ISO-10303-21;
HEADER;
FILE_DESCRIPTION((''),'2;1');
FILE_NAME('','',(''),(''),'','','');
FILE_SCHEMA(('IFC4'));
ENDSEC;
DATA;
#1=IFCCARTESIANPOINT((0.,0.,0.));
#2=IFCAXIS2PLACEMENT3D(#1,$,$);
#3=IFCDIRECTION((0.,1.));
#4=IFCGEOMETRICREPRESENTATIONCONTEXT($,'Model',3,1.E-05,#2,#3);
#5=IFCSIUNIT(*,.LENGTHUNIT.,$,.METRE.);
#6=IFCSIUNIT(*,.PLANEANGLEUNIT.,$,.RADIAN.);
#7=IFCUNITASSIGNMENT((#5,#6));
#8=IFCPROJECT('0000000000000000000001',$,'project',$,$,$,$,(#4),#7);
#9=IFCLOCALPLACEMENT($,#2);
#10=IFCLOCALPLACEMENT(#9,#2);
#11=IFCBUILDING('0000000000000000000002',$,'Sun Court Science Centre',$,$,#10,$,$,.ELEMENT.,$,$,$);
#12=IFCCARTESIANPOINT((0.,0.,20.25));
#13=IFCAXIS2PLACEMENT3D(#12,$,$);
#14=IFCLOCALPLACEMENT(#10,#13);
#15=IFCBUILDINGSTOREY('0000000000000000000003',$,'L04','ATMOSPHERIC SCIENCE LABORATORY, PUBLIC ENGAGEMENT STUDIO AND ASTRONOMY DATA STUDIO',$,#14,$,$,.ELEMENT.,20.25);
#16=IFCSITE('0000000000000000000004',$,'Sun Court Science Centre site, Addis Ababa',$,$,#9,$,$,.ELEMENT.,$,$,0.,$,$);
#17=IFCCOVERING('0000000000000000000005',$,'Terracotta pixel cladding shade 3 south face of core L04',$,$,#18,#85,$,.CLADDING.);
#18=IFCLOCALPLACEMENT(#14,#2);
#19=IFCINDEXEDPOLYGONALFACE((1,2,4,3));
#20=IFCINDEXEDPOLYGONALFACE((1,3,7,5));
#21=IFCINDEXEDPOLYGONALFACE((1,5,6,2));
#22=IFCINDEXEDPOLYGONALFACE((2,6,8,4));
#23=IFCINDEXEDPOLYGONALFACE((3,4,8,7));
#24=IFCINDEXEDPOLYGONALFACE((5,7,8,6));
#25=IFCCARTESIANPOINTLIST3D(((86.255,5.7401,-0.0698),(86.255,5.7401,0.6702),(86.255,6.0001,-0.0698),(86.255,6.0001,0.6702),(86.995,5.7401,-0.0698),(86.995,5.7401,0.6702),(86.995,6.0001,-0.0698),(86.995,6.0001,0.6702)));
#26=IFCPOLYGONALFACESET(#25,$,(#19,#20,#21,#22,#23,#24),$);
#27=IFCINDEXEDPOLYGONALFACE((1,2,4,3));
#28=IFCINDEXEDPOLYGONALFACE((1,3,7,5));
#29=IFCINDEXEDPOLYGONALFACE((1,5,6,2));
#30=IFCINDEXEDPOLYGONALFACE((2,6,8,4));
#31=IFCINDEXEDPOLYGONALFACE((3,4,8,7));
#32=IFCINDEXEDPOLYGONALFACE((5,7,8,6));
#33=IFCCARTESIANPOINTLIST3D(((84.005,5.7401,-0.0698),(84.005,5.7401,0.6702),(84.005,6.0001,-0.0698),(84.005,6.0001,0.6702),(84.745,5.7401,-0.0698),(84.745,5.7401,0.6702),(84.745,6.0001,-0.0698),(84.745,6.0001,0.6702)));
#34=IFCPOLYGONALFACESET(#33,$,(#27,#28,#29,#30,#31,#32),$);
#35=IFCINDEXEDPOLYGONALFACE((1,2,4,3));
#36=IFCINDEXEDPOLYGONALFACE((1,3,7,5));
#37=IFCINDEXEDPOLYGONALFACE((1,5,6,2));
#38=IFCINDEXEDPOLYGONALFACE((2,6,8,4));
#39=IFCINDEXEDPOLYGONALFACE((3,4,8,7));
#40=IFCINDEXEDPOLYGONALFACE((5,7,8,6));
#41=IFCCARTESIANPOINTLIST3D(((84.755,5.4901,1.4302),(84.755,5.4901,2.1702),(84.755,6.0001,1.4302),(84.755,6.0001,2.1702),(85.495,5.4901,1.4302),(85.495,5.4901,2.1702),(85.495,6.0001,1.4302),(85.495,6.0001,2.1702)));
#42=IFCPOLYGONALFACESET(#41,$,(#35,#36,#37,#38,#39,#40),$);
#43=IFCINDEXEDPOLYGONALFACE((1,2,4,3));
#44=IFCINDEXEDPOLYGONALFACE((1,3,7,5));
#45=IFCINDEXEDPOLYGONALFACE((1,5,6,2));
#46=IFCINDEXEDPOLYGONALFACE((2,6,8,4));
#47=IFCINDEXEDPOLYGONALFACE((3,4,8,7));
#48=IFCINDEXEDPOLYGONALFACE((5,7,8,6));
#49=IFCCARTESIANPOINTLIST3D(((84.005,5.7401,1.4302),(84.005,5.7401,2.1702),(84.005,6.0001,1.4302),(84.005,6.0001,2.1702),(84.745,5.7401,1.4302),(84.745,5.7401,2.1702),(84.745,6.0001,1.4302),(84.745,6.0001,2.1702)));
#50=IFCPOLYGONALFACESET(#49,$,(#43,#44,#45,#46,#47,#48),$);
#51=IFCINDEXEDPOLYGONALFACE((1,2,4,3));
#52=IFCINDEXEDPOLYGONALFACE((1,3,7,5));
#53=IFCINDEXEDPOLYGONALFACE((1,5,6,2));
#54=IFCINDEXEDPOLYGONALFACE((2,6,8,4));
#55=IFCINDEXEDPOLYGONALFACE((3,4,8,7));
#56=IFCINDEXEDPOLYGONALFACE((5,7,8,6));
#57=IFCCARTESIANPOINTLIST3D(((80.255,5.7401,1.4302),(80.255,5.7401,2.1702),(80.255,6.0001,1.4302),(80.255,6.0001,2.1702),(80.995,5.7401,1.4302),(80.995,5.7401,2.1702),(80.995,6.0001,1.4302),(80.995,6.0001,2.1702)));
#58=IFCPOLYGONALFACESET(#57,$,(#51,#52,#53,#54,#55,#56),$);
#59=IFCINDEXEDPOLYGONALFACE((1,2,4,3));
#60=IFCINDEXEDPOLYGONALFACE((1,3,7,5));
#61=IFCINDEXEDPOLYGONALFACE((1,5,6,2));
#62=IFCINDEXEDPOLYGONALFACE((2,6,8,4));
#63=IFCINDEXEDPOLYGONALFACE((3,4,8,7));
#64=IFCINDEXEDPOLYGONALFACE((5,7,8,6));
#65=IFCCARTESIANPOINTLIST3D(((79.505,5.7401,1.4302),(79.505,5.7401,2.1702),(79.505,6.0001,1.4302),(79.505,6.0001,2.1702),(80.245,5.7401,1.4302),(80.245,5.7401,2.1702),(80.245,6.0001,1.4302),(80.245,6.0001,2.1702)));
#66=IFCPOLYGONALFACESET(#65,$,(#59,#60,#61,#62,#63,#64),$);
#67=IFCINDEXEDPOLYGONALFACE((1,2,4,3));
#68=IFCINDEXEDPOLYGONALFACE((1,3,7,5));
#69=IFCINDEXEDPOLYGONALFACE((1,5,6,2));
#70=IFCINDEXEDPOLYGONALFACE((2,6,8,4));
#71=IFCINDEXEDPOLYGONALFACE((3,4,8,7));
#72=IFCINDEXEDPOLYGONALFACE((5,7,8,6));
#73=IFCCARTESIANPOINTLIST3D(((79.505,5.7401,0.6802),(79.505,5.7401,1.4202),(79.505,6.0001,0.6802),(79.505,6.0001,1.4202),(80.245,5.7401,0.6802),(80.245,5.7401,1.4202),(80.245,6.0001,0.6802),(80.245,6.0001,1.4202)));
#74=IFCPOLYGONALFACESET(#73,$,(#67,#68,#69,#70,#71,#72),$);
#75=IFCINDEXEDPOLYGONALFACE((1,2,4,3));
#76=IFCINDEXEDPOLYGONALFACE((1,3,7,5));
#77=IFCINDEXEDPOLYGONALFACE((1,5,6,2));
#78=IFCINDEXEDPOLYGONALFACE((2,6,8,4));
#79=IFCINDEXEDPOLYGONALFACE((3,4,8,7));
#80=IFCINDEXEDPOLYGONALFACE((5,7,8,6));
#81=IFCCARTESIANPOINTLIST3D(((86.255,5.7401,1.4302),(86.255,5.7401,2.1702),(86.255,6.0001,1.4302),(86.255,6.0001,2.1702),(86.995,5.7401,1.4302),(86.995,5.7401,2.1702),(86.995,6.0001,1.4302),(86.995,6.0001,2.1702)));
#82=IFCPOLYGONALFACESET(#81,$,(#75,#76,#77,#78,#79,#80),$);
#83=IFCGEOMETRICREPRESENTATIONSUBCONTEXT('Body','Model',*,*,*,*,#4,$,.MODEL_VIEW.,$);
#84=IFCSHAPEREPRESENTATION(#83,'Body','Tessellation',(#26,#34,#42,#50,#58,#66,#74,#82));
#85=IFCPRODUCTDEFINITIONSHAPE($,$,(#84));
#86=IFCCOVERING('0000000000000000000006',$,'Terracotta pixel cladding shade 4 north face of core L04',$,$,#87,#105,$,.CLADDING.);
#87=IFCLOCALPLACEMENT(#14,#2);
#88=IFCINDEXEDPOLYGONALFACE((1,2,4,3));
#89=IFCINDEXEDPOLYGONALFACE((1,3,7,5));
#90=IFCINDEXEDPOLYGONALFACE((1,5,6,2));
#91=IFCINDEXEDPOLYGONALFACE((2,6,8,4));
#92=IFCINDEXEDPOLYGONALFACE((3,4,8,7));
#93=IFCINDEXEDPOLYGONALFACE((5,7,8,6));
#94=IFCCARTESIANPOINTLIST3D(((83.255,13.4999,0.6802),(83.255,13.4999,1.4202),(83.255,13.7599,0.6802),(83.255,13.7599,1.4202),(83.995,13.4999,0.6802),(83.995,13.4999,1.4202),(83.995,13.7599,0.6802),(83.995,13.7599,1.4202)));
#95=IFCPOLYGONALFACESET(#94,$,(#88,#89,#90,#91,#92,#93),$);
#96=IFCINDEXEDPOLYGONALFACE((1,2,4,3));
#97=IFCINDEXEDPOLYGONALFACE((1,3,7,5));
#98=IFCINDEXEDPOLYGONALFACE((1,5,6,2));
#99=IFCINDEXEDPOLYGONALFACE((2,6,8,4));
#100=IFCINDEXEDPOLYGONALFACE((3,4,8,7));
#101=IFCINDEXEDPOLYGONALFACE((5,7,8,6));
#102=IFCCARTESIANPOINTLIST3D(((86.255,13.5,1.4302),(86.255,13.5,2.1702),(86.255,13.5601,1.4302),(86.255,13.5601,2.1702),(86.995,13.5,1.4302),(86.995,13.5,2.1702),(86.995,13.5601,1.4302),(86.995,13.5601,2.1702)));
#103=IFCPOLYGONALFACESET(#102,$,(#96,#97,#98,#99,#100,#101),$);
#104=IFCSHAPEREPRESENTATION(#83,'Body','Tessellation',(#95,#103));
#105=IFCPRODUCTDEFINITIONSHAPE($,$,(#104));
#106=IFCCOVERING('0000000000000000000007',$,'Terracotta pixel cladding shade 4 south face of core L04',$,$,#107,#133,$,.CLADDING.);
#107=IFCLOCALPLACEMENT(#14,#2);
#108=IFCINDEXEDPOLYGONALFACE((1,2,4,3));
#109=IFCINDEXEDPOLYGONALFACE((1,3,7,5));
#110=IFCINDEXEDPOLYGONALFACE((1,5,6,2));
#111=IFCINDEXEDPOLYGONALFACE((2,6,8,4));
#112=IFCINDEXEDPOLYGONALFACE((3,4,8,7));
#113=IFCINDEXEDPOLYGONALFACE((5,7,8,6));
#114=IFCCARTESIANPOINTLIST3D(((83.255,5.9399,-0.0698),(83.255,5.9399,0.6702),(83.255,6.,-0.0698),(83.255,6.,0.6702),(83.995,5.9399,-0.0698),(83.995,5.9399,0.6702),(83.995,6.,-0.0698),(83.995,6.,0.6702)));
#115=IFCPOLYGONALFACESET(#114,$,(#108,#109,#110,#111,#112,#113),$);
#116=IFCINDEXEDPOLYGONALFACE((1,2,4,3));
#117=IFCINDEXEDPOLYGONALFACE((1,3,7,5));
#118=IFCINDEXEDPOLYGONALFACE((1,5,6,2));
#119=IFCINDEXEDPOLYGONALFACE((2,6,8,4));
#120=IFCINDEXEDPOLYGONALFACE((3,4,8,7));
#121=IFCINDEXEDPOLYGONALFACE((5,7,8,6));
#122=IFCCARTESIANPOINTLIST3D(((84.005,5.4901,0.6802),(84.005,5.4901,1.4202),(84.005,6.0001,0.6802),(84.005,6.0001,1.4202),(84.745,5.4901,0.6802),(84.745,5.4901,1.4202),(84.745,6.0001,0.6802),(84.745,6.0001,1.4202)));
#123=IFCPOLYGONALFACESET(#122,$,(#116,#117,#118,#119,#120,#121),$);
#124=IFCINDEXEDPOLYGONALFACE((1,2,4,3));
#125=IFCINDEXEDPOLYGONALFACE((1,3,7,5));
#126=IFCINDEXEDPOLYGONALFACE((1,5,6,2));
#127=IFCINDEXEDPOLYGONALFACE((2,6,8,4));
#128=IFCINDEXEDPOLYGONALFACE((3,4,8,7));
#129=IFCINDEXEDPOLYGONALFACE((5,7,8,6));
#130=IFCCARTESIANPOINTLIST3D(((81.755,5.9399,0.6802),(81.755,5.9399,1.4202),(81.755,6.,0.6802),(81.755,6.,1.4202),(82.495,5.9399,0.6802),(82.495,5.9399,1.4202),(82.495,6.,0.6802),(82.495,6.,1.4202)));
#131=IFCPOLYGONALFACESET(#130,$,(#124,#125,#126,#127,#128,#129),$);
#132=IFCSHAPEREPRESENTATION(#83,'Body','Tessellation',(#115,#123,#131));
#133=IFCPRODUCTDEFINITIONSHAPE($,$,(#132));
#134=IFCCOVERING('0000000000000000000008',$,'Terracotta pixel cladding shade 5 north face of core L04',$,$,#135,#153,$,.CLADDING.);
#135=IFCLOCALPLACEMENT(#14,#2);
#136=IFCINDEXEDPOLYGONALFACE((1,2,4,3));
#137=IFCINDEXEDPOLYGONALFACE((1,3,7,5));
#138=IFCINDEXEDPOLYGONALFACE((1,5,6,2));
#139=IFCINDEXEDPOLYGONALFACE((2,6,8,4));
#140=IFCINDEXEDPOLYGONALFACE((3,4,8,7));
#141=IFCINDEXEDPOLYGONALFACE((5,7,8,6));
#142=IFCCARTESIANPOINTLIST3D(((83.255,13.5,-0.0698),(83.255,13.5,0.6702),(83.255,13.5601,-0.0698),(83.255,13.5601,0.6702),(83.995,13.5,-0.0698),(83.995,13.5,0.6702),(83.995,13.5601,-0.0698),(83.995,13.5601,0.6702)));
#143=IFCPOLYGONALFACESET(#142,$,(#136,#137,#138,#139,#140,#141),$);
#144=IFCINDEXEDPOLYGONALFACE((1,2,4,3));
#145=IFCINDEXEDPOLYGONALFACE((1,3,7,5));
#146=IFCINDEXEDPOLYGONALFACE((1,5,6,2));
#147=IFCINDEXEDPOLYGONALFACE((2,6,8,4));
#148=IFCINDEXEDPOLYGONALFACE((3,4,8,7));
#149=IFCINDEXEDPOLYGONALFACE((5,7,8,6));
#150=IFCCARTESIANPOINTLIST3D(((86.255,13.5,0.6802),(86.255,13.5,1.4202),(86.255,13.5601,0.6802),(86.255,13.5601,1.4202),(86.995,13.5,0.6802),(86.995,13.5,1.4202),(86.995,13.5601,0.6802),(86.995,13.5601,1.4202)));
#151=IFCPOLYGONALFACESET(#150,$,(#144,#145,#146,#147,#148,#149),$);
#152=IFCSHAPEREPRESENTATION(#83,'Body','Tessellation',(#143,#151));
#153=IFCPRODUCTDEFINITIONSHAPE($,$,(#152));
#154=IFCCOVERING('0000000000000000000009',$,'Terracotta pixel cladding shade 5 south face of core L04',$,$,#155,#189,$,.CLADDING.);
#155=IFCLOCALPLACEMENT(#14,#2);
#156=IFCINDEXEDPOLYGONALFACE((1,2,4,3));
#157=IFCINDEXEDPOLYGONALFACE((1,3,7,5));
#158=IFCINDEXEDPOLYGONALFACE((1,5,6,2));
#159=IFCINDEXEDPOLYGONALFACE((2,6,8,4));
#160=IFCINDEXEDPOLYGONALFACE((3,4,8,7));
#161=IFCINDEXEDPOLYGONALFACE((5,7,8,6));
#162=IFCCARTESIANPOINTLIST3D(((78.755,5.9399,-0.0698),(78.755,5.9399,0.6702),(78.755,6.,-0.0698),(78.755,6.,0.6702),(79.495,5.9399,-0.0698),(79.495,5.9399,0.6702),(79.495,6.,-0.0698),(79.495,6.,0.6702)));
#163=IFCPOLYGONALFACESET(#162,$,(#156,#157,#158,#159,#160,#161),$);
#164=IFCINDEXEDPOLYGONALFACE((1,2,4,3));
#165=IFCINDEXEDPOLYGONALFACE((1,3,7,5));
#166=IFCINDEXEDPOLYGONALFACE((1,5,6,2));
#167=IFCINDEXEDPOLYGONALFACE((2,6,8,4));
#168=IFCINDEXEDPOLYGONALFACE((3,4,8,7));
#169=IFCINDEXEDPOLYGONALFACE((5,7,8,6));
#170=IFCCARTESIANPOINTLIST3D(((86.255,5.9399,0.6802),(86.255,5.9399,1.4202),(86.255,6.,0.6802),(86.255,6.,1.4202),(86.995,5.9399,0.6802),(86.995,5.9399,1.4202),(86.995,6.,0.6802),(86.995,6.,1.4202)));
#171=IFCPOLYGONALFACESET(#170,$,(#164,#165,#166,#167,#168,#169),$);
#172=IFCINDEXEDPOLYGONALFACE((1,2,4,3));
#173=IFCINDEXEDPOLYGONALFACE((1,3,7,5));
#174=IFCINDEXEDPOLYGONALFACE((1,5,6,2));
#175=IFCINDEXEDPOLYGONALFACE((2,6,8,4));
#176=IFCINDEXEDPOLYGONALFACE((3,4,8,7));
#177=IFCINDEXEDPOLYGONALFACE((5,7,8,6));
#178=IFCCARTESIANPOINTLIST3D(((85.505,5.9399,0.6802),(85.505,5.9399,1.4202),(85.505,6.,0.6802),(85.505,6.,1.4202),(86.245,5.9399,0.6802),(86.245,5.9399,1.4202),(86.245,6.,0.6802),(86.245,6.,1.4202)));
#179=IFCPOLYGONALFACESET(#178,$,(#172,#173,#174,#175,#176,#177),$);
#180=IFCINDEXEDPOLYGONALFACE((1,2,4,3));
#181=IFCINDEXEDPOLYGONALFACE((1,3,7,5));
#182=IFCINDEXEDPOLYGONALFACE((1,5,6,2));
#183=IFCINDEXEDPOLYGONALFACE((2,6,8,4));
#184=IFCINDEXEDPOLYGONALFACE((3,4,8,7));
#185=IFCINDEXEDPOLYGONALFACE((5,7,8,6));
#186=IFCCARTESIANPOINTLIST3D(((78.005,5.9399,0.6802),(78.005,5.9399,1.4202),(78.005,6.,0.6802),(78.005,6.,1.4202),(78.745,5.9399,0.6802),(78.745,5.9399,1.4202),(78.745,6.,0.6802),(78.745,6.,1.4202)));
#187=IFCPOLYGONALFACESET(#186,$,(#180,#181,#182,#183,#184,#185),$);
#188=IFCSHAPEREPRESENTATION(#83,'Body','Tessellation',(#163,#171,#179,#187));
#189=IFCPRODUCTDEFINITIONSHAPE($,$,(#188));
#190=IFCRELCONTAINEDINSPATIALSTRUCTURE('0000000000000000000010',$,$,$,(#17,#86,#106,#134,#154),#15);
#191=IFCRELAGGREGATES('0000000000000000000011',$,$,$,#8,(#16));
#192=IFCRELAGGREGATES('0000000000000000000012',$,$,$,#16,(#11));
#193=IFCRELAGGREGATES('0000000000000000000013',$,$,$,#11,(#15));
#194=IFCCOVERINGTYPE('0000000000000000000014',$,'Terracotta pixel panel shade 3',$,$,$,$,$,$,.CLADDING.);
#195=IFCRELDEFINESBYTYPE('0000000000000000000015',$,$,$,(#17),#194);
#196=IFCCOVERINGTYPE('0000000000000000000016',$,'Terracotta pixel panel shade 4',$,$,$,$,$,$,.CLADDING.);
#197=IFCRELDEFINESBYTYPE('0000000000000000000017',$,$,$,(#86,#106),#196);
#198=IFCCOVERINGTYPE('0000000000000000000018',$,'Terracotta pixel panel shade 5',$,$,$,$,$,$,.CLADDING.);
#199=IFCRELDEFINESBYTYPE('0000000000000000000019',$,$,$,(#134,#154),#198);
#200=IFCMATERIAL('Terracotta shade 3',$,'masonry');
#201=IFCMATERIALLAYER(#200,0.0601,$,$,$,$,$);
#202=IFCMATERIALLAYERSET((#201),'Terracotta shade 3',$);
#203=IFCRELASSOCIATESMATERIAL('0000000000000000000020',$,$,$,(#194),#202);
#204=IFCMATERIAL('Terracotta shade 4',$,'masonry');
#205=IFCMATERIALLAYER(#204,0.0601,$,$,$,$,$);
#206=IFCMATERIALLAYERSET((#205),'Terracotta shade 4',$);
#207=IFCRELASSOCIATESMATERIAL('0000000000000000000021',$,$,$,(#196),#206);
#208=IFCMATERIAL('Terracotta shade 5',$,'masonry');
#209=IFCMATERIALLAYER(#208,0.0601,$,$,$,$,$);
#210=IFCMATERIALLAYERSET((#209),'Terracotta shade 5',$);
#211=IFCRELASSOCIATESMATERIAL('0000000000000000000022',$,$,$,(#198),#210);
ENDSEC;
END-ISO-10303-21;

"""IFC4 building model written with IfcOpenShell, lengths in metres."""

from ifc_helpers import new_model, si_unit, direction, frame, origin, origin_2d, place, context, subcontext, project, spatial, rectangle, extrude, material, layer, layer_set, type_object, element, save


model = new_model("IFC4")

# Units and contexts
model_context = context("Model", 3, precision=1e-05, world=origin(), true_north=direction((0.0, 1.0)))
body_context = subcontext(model_context, "Body", "Model", "MODEL_VIEW")
ifc_project = project(units=[si_unit("LENGTHUNIT", "METRE"), si_unit("PLANEANGLEUNIT", "RADIAN")], contexts=[model_context])

# Site, building, storey
site_placement = place(None, origin())
site = spatial("IfcSite", under=ifc_project, at=site_placement, Name="Sun Court Science Centre site, Addis Ababa", CompositionType="ELEMENT", RefElevation=0.0)
building_placement = place(site_placement, origin())
building = spatial("IfcBuilding", under=site, at=building_placement, Name="Sun Court Science Centre", CompositionType="ELEMENT")
storey_placement = place(building_placement, frame((0.0, 0.0, 20.25)))
storey = spatial("IfcBuildingStorey", under=building, at=storey_placement, Name="L04", Description="ATMOSPHERIC SCIENCE LABORATORY, PUBLIC ENGAGEMENT STUDIO AND ASTRONOMY DATA STUDIO", CompositionType="ELEMENT", Elevation=20.25)

# Coverings
ifc_material_1 = material(Name="Terracotta shade 3", Category="masonry")
ifc_layer_1 = layer(ifc_material_1, 0.0601)
ifc_layer_set_1 = layer_set([ifc_layer_1], Name="Terracotta shade 3")
covering_type_1 = type_object("IfcCoveringType", Name="Terracotta pixel panel shade 3", PredefinedType="CLADDING", material=ifc_layer_set_1)
covering_1_placement = place(storey_placement, frame((0.0, 0.0, -20.25)))
element("IfcCovering", 1, at=covering_1_placement, inside=storey, type_object=covering_type_1, Name="Terracotta pixel cladding shade 3 south face of core L04", PredefinedType="CLADDING", context=body_context, shape_type="SweptSolid", body=[
    extrude(rectangle(XDim=0.74, YDim=0.26, at=origin_2d()), frame((86.625, 5.8701, 20.1802), z_axis=(0.0, 0.0, 1.0), x_axis=(-1.0, 0.0, 0.0)), (0.0, 0.0, 1.0), 0.74),
    extrude(rectangle(XDim=0.74, YDim=0.26, at=origin_2d()), frame((84.375, 5.8701, 20.1802), z_axis=(0.0, 0.0, 1.0), x_axis=(-1.0, 0.0, 0.0)), (0.0, 0.0, 1.0), 0.74),
    extrude(rectangle(XDim=0.74, YDim=0.51, at=origin_2d()), frame((85.125, 5.7451, 21.6802), z_axis=(0.0, 0.0, 1.0), x_axis=(-1.0, 0.0, 0.0)), (0.0, 0.0, 1.0), 0.74),
    extrude(rectangle(XDim=0.74, YDim=0.26, at=origin_2d()), frame((84.375, 5.8701, 21.6802), z_axis=(0.0, 0.0, 1.0), x_axis=(-1.0, 0.0, 0.0)), (0.0, 0.0, 1.0), 0.74),
    extrude(rectangle(XDim=0.74, YDim=0.26, at=origin_2d()), frame((80.625, 5.8701, 21.6802), z_axis=(0.0, 0.0, 1.0), x_axis=(-1.0, 0.0, 0.0)), (0.0, 0.0, 1.0), 0.74),
    extrude(rectangle(XDim=0.74, YDim=0.26, at=origin_2d()), frame((79.875, 5.8701, 21.6802), z_axis=(0.0, 0.0, 1.0), x_axis=(-1.0, 0.0, 0.0)), (0.0, 0.0, 1.0), 0.74),
    extrude(rectangle(XDim=0.74, YDim=0.26, at=origin_2d()), frame((79.875, 5.8701, 20.9302), z_axis=(0.0, 0.0, 1.0), x_axis=(-1.0, 0.0, 0.0)), (0.0, 0.0, 1.0), 0.74),
    extrude(rectangle(XDim=0.74, YDim=0.26, at=origin_2d()), frame((86.625, 5.8701, 21.6802), z_axis=(0.0, 0.0, 1.0), x_axis=(-1.0, 0.0, 0.0)), (0.0, 0.0, 1.0), 0.74),
])
ifc_material_2 = material(Name="Terracotta shade 4", Category="masonry")
ifc_layer_2 = layer(ifc_material_2, 0.0601)
ifc_layer_set_2 = layer_set([ifc_layer_2], Name="Terracotta shade 4")
covering_type_2 = type_object("IfcCoveringType", Name="Terracotta pixel panel shade 4", PredefinedType="CLADDING", material=ifc_layer_set_2)
covering_2_placement = place(storey_placement, frame((0.0, 0.0, -20.25)))
element("IfcCovering", 2, at=covering_2_placement, inside=storey, type_object=covering_type_2, Name="Terracotta pixel cladding shade 4 north face of core L04", PredefinedType="CLADDING", context=body_context, shape_type="SweptSolid", body=[
    extrude(rectangle(XDim=0.74, YDim=0.26, at=origin_2d()), frame((83.625, 13.6299, 20.9302), z_axis=(0.0, 0.0, 1.0), x_axis=(1.0, 0.0, 0.0)), (0.0, 0.0, 1.0), 0.74),
    extrude(rectangle(XDim=0.74, YDim=0.0601, at=origin_2d()), frame((86.625, 13.53, 21.6802), z_axis=(0.0, 0.0, 1.0), x_axis=(1.0, 0.0, 0.0)), (0.0, 0.0, 1.0), 0.74),
])
covering_3_placement = place(storey_placement, frame((0.0, 0.0, -20.25)))
element("IfcCovering", 3, at=covering_3_placement, inside=storey, type_object=covering_type_2, Name="Terracotta pixel cladding shade 4 south face of core L04", PredefinedType="CLADDING", context=body_context, shape_type="SweptSolid", body=[
    extrude(rectangle(XDim=0.74, YDim=0.0601, at=origin_2d()), frame((83.625, 5.97, 20.1802), z_axis=(0.0, 0.0, 1.0), x_axis=(-1.0, 0.0, 0.0)), (0.0, 0.0, 1.0), 0.74),
    extrude(rectangle(XDim=0.74, YDim=0.51, at=origin_2d()), frame((84.375, 5.7451, 20.9302), z_axis=(0.0, 0.0, 1.0), x_axis=(-1.0, 0.0, 0.0)), (0.0, 0.0, 1.0), 0.74),
    extrude(rectangle(XDim=0.74, YDim=0.0601, at=origin_2d()), frame((82.125, 5.97, 20.9302), z_axis=(0.0, 0.0, 1.0), x_axis=(-1.0, 0.0, 0.0)), (0.0, 0.0, 1.0), 0.74),
])
ifc_material_3 = material(Name="Terracotta shade 5", Category="masonry")
ifc_layer_3 = layer(ifc_material_3, 0.0601)
ifc_layer_set_3 = layer_set([ifc_layer_3], Name="Terracotta shade 5")
covering_type_3 = type_object("IfcCoveringType", Name="Terracotta pixel panel shade 5", PredefinedType="CLADDING", material=ifc_layer_set_3)
covering_4_placement = place(storey_placement, frame((0.0, 0.0, -20.25)))
element("IfcCovering", 4, at=covering_4_placement, inside=storey, type_object=covering_type_3, Name="Terracotta pixel cladding shade 5 north face of core L04", PredefinedType="CLADDING", context=body_context, shape_type="SweptSolid", body=[
    extrude(rectangle(XDim=0.74, YDim=0.0601, at=origin_2d()), frame((83.625, 13.53, 20.1802), z_axis=(0.0, 0.0, 1.0), x_axis=(1.0, 0.0, 0.0)), (0.0, 0.0, 1.0), 0.74),
    extrude(rectangle(XDim=0.74, YDim=0.0601, at=origin_2d()), frame((86.625, 13.53, 20.9302), z_axis=(0.0, 0.0, 1.0), x_axis=(1.0, 0.0, 0.0)), (0.0, 0.0, 1.0), 0.74),
])
covering_5_placement = place(storey_placement, frame((0.0, 0.0, -20.25)))
element("IfcCovering", 5, at=covering_5_placement, inside=storey, type_object=covering_type_3, Name="Terracotta pixel cladding shade 5 south face of core L04", PredefinedType="CLADDING", context=body_context, shape_type="SweptSolid", body=[
    extrude(rectangle(XDim=0.74, YDim=0.0601, at=origin_2d()), frame((79.125, 5.97, 20.1802), z_axis=(0.0, 0.0, 1.0), x_axis=(-1.0, 0.0, 0.0)), (0.0, 0.0, 1.0), 0.74),
    extrude(rectangle(XDim=0.74, YDim=0.0601, at=origin_2d()), frame((86.625, 5.97, 20.9302), z_axis=(0.0, 0.0, 1.0), x_axis=(-1.0, 0.0, 0.0)), (0.0, 0.0, 1.0), 0.74),
    extrude(rectangle(XDim=0.74, YDim=0.0601, at=origin_2d()), frame((85.875, 5.97, 20.9302), z_axis=(0.0, 0.0, 1.0), x_axis=(-1.0, 0.0, 0.0)), (0.0, 0.0, 1.0), 0.74),
    extrude(rectangle(XDim=0.74, YDim=0.0601, at=origin_2d()), frame((78.375, 5.97, 20.9302), z_axis=(0.0, 0.0, 1.0), x_axis=(-1.0, 0.0, 0.0)), (0.0, 0.0, 1.0), 0.74),
])

save(model, "model.ifc")
